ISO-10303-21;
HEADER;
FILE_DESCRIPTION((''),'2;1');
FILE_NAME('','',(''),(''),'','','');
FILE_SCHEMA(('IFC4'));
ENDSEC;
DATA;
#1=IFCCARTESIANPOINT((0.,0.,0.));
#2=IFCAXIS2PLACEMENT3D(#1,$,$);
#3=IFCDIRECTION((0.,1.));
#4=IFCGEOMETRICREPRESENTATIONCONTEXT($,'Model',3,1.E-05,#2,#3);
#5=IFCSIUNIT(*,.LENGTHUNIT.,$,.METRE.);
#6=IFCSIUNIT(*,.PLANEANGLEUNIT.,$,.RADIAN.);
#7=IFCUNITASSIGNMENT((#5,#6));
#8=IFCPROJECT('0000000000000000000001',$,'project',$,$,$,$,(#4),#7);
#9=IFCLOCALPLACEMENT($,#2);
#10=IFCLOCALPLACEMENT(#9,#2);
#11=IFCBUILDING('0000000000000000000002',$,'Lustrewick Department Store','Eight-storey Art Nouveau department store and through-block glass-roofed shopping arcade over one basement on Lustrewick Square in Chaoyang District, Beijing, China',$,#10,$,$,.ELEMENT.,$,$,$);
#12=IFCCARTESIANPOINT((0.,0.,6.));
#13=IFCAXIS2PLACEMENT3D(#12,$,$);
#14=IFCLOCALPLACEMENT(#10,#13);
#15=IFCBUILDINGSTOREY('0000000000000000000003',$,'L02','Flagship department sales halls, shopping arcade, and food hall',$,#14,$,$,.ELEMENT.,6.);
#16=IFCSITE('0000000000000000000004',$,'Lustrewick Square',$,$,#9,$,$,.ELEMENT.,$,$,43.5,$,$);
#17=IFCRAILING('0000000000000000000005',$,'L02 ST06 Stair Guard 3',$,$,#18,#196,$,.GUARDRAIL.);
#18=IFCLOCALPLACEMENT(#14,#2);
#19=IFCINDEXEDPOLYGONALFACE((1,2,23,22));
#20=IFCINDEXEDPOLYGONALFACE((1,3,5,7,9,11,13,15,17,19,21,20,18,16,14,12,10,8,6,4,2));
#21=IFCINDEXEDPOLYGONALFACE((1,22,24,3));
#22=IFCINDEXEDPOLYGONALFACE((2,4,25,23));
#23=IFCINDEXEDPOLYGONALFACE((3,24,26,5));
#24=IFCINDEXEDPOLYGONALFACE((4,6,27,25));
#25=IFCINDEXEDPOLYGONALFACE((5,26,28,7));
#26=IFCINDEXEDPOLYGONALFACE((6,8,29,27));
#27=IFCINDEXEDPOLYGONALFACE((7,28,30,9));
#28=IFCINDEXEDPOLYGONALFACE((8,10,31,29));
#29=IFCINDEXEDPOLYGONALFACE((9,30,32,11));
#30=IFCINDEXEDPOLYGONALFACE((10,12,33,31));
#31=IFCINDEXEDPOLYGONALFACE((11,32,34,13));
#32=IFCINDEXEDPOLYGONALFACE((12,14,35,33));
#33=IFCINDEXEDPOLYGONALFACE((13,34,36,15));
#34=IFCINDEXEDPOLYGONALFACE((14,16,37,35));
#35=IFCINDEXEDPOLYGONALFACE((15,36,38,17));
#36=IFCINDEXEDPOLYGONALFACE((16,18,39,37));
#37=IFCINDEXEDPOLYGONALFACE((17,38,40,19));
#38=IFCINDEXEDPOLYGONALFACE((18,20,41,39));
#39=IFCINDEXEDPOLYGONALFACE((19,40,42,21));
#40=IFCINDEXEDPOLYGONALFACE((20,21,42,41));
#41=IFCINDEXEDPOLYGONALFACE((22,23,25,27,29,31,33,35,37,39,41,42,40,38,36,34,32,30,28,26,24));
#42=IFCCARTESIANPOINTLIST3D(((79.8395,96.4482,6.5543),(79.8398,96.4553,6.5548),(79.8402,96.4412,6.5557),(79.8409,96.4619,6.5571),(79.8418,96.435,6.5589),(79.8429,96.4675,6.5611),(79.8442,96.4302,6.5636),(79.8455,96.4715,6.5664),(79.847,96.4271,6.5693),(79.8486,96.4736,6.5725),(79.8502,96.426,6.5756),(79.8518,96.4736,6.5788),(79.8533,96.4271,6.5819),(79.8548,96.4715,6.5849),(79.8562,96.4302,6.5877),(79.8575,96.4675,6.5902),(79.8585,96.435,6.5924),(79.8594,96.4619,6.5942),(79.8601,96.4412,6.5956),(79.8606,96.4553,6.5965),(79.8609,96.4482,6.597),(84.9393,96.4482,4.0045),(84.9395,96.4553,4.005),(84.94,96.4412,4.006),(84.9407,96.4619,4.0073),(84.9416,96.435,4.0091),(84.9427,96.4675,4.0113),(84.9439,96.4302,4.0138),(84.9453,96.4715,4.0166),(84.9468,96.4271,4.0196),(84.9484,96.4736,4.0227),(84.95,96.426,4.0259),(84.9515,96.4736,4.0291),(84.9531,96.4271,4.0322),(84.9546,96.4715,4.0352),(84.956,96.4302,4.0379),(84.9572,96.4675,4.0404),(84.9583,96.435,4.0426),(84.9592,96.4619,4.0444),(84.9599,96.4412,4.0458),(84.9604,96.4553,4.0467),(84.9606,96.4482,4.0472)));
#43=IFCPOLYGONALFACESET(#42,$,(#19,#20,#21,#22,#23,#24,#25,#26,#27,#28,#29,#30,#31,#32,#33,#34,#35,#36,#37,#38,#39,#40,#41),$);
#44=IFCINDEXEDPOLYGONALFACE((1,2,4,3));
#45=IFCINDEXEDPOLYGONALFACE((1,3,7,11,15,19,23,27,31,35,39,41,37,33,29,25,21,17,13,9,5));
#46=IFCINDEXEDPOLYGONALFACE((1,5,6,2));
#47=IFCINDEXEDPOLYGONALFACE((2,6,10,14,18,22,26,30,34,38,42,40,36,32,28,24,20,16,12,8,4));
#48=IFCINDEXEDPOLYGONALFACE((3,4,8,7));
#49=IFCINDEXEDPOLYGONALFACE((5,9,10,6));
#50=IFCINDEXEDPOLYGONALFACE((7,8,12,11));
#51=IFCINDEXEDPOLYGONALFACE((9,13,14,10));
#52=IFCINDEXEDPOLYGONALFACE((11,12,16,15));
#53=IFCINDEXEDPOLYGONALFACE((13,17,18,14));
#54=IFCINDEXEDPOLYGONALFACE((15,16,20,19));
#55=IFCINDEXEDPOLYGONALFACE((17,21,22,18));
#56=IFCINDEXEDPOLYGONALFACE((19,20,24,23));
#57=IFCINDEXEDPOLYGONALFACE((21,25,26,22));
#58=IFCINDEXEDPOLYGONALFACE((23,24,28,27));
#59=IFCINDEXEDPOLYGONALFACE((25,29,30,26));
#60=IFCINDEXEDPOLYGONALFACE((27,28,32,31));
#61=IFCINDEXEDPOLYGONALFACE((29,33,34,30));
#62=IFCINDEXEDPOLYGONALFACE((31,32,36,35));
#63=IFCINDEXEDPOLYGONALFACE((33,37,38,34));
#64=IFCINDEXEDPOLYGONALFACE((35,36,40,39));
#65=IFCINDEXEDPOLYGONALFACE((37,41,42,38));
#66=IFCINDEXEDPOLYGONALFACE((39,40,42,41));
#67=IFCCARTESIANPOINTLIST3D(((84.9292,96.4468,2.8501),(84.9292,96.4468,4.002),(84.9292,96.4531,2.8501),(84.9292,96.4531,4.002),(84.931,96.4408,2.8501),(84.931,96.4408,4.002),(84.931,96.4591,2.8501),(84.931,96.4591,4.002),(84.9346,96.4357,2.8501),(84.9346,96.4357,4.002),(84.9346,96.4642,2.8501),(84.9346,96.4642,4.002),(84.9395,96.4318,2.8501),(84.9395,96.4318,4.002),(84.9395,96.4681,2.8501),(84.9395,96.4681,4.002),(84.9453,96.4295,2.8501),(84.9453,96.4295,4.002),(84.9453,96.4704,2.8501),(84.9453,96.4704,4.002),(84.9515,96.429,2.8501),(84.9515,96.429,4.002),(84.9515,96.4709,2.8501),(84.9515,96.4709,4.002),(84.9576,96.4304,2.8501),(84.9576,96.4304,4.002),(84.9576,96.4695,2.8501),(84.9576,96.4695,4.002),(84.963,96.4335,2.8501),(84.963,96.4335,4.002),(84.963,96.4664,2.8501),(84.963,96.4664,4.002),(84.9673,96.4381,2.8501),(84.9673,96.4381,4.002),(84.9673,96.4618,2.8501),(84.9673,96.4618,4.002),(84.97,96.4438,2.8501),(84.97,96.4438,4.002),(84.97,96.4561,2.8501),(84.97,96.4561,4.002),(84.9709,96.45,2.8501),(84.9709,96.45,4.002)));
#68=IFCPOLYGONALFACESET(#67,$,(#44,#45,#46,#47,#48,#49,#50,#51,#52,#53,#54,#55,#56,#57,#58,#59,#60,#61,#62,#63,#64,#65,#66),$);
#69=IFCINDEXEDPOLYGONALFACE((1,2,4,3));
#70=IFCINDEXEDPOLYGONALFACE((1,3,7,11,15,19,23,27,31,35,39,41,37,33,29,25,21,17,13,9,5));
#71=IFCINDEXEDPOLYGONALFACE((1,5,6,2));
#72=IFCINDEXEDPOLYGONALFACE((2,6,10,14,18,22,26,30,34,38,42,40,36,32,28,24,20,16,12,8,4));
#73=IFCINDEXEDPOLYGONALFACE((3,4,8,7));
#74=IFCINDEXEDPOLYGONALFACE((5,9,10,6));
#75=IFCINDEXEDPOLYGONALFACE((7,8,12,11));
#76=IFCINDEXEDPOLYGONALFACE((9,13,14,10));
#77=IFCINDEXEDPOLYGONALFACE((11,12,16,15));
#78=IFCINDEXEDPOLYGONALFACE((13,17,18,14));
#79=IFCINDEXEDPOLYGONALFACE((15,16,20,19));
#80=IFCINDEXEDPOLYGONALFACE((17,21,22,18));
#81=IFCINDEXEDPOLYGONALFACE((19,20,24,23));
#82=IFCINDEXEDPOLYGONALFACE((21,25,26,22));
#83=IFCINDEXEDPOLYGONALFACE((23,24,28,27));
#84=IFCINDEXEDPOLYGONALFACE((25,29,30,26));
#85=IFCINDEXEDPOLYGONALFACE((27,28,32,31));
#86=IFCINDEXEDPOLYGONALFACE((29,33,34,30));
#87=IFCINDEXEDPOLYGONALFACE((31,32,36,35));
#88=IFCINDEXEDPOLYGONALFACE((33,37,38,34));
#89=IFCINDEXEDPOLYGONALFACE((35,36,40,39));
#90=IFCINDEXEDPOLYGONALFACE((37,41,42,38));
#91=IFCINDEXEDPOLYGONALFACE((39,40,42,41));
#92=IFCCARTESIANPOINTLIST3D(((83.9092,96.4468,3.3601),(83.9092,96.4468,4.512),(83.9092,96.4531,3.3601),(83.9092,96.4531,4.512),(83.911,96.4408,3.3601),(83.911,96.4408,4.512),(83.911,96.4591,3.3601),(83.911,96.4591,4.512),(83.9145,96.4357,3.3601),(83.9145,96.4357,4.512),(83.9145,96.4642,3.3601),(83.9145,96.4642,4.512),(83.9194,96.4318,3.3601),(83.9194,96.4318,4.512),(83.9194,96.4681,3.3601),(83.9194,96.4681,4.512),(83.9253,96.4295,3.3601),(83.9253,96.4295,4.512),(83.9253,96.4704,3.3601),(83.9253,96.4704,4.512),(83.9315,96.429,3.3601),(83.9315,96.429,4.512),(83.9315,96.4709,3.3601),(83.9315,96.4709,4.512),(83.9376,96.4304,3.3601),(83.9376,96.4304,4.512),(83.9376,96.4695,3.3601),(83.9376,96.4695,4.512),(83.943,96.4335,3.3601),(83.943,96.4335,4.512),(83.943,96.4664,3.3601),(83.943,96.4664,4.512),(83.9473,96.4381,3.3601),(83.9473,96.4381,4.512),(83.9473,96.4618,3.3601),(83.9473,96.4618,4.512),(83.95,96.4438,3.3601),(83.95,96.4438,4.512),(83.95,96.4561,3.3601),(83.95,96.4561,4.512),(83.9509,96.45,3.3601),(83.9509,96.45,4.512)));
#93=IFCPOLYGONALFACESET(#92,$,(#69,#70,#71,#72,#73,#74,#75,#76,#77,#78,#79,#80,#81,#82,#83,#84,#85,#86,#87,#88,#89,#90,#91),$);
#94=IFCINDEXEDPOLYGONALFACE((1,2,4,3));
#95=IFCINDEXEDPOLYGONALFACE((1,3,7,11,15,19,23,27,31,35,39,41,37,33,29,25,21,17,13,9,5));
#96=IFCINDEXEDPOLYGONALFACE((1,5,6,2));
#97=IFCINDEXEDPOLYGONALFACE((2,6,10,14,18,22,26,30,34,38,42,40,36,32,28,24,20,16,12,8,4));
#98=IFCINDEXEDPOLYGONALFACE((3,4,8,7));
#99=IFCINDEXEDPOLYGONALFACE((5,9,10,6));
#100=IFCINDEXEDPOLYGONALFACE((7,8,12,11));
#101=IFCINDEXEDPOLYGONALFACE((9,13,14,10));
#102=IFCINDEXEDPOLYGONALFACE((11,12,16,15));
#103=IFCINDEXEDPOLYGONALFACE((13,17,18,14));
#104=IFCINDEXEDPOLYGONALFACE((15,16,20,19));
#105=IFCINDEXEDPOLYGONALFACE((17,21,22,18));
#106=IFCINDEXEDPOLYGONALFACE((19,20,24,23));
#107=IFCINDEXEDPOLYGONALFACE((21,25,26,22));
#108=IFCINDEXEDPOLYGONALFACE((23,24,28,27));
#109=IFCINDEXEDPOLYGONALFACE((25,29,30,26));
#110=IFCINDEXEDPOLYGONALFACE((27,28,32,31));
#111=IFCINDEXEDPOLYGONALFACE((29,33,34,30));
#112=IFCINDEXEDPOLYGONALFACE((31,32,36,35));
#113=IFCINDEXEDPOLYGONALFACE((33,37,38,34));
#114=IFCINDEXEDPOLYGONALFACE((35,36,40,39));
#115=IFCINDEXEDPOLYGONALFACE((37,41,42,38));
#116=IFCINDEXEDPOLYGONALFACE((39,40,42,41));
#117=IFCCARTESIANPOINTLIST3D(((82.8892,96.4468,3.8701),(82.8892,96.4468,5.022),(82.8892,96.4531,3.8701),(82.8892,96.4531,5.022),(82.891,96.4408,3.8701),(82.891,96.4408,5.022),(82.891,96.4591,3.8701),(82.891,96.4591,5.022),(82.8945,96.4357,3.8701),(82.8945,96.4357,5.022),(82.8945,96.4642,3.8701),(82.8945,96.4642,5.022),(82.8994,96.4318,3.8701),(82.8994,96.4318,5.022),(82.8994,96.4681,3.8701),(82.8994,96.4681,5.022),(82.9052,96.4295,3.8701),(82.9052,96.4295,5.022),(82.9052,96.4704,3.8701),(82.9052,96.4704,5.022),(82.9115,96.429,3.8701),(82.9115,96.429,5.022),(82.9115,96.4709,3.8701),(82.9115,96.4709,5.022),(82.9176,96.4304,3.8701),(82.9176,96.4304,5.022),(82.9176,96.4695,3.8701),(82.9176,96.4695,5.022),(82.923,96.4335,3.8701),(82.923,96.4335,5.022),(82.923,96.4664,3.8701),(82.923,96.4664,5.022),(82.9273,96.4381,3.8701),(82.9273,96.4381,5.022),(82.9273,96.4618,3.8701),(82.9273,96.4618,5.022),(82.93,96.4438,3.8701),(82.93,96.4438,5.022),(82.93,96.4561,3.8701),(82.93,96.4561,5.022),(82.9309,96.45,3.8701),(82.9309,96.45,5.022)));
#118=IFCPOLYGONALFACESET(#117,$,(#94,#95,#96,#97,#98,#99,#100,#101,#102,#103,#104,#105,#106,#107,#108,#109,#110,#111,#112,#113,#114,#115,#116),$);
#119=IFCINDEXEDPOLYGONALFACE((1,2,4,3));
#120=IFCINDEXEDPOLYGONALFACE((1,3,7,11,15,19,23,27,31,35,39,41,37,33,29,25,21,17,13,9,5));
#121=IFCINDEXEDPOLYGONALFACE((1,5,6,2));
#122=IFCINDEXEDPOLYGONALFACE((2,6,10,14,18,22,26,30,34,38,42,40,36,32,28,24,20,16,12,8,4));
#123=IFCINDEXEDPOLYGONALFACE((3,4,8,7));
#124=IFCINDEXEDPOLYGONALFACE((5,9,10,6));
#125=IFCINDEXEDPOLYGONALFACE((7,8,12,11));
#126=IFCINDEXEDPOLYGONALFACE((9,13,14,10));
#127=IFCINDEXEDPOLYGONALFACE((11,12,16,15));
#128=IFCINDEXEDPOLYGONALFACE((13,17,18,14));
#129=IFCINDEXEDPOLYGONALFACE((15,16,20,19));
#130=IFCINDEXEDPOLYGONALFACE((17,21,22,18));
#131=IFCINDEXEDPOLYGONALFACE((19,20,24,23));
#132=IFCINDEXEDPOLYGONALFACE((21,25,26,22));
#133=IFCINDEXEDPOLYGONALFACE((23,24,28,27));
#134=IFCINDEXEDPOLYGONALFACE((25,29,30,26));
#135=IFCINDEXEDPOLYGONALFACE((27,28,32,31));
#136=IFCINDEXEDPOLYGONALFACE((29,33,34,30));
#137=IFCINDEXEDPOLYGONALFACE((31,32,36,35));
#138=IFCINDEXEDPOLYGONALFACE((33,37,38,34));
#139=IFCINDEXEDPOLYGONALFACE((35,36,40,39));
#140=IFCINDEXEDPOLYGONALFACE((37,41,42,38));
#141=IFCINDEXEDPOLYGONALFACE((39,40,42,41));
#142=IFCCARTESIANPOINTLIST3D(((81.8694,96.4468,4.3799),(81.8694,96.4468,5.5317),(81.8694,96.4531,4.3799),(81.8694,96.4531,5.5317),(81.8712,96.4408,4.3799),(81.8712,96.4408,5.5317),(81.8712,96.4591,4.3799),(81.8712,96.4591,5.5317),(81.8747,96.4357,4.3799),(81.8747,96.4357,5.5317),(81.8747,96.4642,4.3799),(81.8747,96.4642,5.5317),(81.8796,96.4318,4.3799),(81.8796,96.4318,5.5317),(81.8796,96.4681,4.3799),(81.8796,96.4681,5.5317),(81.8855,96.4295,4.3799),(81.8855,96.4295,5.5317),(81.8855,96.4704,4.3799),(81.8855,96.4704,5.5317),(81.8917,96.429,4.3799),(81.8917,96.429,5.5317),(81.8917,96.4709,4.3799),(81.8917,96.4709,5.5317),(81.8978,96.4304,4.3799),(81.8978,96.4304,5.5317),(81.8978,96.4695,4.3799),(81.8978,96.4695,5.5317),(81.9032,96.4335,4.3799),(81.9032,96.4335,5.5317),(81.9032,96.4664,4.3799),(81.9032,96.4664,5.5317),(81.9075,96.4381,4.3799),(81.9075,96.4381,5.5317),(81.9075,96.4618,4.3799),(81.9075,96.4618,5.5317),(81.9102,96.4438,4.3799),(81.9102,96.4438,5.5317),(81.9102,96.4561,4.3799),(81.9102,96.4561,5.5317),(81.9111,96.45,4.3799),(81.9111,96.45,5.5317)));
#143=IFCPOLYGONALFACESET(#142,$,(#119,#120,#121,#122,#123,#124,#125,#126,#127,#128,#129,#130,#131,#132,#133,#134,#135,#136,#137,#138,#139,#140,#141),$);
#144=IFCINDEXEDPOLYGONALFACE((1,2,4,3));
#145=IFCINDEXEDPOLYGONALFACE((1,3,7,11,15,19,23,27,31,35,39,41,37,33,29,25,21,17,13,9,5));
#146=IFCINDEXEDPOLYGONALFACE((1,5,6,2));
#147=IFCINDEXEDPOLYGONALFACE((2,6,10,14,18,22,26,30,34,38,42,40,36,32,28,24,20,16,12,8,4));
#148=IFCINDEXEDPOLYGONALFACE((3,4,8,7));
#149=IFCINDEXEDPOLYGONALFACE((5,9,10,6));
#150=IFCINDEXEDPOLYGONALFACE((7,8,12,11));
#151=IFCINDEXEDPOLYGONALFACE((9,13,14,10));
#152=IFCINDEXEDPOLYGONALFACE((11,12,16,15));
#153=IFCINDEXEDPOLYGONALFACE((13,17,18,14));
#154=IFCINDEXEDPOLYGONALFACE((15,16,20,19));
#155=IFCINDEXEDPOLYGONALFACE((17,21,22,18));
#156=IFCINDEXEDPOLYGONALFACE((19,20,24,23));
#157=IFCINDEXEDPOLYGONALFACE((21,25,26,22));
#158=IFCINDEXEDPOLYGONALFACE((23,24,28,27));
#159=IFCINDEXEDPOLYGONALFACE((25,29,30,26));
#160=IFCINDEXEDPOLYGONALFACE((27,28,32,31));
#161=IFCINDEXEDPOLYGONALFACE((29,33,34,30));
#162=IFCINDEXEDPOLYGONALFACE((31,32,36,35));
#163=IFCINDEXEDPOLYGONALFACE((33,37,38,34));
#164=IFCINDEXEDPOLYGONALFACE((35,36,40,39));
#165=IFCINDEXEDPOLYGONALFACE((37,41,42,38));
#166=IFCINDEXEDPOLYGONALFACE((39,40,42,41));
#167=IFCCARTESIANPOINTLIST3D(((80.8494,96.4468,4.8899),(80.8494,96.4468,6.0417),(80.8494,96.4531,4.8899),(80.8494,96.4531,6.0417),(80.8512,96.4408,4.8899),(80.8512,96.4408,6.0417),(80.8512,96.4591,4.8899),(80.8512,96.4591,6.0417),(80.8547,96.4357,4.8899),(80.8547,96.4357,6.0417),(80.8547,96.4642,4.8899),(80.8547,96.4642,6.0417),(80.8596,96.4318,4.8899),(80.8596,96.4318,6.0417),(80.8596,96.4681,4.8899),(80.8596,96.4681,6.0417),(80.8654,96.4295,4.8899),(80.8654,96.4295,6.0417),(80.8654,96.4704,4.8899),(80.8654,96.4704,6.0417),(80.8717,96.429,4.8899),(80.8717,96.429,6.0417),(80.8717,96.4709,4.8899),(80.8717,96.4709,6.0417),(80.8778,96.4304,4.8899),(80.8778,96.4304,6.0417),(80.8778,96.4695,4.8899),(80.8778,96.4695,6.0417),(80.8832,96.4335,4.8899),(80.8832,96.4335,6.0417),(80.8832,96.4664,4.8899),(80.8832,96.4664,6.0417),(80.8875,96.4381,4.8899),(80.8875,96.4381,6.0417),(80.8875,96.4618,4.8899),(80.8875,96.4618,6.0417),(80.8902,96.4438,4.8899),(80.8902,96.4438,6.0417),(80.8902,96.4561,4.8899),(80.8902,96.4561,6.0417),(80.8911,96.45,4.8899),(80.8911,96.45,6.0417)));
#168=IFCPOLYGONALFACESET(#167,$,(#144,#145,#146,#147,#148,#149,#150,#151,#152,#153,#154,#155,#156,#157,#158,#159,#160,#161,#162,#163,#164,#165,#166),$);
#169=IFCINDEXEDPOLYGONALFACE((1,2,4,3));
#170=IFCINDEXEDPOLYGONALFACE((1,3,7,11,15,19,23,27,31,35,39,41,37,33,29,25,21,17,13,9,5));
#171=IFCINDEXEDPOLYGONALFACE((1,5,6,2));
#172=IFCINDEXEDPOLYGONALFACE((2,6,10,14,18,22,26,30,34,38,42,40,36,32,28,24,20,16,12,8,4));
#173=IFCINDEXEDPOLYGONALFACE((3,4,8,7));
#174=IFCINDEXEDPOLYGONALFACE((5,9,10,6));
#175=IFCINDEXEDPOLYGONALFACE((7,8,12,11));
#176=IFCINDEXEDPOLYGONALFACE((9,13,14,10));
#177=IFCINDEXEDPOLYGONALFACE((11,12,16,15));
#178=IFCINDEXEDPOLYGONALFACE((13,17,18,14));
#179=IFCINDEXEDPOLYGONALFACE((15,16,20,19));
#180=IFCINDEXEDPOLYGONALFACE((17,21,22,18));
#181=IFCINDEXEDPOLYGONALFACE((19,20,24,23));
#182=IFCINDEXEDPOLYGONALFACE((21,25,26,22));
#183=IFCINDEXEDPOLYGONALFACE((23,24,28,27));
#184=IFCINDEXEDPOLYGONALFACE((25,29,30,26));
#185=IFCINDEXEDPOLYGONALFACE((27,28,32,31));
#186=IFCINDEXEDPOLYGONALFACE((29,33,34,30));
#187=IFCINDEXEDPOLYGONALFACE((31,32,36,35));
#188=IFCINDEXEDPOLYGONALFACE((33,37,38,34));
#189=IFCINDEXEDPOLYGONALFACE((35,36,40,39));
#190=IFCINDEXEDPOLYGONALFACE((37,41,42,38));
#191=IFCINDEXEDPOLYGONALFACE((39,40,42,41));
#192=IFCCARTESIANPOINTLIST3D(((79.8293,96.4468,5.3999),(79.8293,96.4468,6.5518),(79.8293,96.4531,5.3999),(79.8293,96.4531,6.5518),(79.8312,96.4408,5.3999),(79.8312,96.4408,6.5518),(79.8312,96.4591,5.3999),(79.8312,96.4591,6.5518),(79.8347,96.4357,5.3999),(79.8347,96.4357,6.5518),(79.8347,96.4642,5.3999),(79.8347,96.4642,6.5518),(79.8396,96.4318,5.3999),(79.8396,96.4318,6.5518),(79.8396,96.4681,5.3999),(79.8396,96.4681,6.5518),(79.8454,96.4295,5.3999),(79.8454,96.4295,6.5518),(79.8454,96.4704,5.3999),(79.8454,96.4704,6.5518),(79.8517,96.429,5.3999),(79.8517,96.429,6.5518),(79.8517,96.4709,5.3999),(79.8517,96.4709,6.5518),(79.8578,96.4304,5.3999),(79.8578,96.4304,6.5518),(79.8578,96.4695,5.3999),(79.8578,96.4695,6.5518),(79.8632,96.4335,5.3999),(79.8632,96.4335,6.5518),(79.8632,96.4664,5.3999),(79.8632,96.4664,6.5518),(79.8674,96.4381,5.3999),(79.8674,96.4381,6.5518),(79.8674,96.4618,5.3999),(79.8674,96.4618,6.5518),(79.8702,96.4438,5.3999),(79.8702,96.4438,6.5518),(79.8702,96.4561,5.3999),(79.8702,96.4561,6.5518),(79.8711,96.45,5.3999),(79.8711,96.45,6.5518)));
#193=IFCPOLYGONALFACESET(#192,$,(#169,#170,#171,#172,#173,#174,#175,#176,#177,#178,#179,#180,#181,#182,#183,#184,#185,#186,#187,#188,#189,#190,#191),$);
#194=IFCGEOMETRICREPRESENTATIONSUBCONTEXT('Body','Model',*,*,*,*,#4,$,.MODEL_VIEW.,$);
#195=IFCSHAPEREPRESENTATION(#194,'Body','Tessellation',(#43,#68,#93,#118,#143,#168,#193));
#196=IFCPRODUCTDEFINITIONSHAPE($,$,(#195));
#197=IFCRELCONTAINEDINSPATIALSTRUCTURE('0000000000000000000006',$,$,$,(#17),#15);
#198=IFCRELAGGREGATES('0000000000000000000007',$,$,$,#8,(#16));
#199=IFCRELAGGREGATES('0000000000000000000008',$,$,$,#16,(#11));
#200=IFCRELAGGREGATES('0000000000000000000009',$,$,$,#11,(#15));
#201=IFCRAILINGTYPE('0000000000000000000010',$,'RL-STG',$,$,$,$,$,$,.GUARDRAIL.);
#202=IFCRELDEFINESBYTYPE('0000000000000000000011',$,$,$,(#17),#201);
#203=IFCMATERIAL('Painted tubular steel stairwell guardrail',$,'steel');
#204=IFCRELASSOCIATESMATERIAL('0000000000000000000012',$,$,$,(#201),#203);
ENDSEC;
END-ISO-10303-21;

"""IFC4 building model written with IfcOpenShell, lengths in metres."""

from ifc_helpers import new_model, si_unit, direction, frame, origin, origin_2d, place, context, subcontext, project, spatial, circle, extrude, material, type_object, element, save


model = new_model("IFC4")

# Units and contexts
model_context = context("Model", 3, precision=1e-05, world=origin(), true_north=direction((0.0, 1.0)))
body_context = subcontext(model_context, "Body", "Model", "MODEL_VIEW")
ifc_project = project(units=[si_unit("LENGTHUNIT", "METRE"), si_unit("PLANEANGLEUNIT", "RADIAN")], contexts=[model_context])

# Site, building, storey
site_placement = place(None, origin())
site = spatial("IfcSite", under=ifc_project, at=site_placement, Name="Lustrewick Square", CompositionType="ELEMENT", RefElevation=43.5)
building_placement = place(site_placement, origin())
building = spatial("IfcBuilding", under=site, at=building_placement, Name="Lustrewick Department Store", Description="Eight-storey Art Nouveau department store and through-block glass-roofed shopping arcade over one basement on Lustrewick Square in Chaoyang District, Beijing, China", CompositionType="ELEMENT")
storey_placement = place(building_placement, frame((0.0, 0.0, 6.0)))
storey = spatial("IfcBuildingStorey", under=building, at=storey_placement, Name="L02", Description="Flagship department sales halls, shopping arcade, and food hall", CompositionType="ELEMENT", Elevation=6.0)

# Railing
ifc_material_1 = material(Name="Painted tubular steel stairwell guardrail", Category="steel")
railing_type_1 = type_object("IfcRailingType", Name="RL-STG", PredefinedType="GUARDRAIL", material=ifc_material_1)
railing_1_placement = place(storey_placement, frame((84.95, 96.45, 2.8501)))
element("IfcRailing", 1, at=railing_1_placement, inside=storey, type_object=railing_type_1, Name="L02 ST06 Stair Guard 3", PredefinedType="GUARDRAIL", context=body_context, shape_type="SweptSolid", body=[
    extrude(circle(Radius=0.0239, at=origin_2d()), frame((0.0, 0.0, 1.1758), z_axis=(-0.894436, 0.0, 0.447196), x_axis=(0.0, -1.0, 0.0)), (0.0, 0.0, 1.0), 5.7017),
    extrude(circle(Radius=0.021, at=origin_2d()), origin(), (0.0, 0.0, 1.0), 1.1519),
    extrude(circle(Radius=0.021, at=origin_2d()), frame((-1.02, 0.0, 0.51)), (0.0, 0.0, 1.0), 1.1519),
    extrude(circle(Radius=0.021, at=origin_2d()), frame((-2.04, 0.0, 1.02)), (0.0, 0.0, 1.0), 1.1519),
    extrude(circle(Radius=0.021, at=origin_2d()), frame((-3.0598, 0.0, 1.5298)), (0.0, 0.0, 1.0), 1.1519),
    extrude(circle(Radius=0.021, at=origin_2d()), frame((-4.0798, 0.0, 2.0398)), (0.0, 0.0, 1.0), 1.1519),
    extrude(circle(Radius=0.021, at=origin_2d()), frame((-5.0999, 0.0, 2.5498)), (0.0, 0.0, 1.0), 1.1519),
])

save(model, "model.ifc")
